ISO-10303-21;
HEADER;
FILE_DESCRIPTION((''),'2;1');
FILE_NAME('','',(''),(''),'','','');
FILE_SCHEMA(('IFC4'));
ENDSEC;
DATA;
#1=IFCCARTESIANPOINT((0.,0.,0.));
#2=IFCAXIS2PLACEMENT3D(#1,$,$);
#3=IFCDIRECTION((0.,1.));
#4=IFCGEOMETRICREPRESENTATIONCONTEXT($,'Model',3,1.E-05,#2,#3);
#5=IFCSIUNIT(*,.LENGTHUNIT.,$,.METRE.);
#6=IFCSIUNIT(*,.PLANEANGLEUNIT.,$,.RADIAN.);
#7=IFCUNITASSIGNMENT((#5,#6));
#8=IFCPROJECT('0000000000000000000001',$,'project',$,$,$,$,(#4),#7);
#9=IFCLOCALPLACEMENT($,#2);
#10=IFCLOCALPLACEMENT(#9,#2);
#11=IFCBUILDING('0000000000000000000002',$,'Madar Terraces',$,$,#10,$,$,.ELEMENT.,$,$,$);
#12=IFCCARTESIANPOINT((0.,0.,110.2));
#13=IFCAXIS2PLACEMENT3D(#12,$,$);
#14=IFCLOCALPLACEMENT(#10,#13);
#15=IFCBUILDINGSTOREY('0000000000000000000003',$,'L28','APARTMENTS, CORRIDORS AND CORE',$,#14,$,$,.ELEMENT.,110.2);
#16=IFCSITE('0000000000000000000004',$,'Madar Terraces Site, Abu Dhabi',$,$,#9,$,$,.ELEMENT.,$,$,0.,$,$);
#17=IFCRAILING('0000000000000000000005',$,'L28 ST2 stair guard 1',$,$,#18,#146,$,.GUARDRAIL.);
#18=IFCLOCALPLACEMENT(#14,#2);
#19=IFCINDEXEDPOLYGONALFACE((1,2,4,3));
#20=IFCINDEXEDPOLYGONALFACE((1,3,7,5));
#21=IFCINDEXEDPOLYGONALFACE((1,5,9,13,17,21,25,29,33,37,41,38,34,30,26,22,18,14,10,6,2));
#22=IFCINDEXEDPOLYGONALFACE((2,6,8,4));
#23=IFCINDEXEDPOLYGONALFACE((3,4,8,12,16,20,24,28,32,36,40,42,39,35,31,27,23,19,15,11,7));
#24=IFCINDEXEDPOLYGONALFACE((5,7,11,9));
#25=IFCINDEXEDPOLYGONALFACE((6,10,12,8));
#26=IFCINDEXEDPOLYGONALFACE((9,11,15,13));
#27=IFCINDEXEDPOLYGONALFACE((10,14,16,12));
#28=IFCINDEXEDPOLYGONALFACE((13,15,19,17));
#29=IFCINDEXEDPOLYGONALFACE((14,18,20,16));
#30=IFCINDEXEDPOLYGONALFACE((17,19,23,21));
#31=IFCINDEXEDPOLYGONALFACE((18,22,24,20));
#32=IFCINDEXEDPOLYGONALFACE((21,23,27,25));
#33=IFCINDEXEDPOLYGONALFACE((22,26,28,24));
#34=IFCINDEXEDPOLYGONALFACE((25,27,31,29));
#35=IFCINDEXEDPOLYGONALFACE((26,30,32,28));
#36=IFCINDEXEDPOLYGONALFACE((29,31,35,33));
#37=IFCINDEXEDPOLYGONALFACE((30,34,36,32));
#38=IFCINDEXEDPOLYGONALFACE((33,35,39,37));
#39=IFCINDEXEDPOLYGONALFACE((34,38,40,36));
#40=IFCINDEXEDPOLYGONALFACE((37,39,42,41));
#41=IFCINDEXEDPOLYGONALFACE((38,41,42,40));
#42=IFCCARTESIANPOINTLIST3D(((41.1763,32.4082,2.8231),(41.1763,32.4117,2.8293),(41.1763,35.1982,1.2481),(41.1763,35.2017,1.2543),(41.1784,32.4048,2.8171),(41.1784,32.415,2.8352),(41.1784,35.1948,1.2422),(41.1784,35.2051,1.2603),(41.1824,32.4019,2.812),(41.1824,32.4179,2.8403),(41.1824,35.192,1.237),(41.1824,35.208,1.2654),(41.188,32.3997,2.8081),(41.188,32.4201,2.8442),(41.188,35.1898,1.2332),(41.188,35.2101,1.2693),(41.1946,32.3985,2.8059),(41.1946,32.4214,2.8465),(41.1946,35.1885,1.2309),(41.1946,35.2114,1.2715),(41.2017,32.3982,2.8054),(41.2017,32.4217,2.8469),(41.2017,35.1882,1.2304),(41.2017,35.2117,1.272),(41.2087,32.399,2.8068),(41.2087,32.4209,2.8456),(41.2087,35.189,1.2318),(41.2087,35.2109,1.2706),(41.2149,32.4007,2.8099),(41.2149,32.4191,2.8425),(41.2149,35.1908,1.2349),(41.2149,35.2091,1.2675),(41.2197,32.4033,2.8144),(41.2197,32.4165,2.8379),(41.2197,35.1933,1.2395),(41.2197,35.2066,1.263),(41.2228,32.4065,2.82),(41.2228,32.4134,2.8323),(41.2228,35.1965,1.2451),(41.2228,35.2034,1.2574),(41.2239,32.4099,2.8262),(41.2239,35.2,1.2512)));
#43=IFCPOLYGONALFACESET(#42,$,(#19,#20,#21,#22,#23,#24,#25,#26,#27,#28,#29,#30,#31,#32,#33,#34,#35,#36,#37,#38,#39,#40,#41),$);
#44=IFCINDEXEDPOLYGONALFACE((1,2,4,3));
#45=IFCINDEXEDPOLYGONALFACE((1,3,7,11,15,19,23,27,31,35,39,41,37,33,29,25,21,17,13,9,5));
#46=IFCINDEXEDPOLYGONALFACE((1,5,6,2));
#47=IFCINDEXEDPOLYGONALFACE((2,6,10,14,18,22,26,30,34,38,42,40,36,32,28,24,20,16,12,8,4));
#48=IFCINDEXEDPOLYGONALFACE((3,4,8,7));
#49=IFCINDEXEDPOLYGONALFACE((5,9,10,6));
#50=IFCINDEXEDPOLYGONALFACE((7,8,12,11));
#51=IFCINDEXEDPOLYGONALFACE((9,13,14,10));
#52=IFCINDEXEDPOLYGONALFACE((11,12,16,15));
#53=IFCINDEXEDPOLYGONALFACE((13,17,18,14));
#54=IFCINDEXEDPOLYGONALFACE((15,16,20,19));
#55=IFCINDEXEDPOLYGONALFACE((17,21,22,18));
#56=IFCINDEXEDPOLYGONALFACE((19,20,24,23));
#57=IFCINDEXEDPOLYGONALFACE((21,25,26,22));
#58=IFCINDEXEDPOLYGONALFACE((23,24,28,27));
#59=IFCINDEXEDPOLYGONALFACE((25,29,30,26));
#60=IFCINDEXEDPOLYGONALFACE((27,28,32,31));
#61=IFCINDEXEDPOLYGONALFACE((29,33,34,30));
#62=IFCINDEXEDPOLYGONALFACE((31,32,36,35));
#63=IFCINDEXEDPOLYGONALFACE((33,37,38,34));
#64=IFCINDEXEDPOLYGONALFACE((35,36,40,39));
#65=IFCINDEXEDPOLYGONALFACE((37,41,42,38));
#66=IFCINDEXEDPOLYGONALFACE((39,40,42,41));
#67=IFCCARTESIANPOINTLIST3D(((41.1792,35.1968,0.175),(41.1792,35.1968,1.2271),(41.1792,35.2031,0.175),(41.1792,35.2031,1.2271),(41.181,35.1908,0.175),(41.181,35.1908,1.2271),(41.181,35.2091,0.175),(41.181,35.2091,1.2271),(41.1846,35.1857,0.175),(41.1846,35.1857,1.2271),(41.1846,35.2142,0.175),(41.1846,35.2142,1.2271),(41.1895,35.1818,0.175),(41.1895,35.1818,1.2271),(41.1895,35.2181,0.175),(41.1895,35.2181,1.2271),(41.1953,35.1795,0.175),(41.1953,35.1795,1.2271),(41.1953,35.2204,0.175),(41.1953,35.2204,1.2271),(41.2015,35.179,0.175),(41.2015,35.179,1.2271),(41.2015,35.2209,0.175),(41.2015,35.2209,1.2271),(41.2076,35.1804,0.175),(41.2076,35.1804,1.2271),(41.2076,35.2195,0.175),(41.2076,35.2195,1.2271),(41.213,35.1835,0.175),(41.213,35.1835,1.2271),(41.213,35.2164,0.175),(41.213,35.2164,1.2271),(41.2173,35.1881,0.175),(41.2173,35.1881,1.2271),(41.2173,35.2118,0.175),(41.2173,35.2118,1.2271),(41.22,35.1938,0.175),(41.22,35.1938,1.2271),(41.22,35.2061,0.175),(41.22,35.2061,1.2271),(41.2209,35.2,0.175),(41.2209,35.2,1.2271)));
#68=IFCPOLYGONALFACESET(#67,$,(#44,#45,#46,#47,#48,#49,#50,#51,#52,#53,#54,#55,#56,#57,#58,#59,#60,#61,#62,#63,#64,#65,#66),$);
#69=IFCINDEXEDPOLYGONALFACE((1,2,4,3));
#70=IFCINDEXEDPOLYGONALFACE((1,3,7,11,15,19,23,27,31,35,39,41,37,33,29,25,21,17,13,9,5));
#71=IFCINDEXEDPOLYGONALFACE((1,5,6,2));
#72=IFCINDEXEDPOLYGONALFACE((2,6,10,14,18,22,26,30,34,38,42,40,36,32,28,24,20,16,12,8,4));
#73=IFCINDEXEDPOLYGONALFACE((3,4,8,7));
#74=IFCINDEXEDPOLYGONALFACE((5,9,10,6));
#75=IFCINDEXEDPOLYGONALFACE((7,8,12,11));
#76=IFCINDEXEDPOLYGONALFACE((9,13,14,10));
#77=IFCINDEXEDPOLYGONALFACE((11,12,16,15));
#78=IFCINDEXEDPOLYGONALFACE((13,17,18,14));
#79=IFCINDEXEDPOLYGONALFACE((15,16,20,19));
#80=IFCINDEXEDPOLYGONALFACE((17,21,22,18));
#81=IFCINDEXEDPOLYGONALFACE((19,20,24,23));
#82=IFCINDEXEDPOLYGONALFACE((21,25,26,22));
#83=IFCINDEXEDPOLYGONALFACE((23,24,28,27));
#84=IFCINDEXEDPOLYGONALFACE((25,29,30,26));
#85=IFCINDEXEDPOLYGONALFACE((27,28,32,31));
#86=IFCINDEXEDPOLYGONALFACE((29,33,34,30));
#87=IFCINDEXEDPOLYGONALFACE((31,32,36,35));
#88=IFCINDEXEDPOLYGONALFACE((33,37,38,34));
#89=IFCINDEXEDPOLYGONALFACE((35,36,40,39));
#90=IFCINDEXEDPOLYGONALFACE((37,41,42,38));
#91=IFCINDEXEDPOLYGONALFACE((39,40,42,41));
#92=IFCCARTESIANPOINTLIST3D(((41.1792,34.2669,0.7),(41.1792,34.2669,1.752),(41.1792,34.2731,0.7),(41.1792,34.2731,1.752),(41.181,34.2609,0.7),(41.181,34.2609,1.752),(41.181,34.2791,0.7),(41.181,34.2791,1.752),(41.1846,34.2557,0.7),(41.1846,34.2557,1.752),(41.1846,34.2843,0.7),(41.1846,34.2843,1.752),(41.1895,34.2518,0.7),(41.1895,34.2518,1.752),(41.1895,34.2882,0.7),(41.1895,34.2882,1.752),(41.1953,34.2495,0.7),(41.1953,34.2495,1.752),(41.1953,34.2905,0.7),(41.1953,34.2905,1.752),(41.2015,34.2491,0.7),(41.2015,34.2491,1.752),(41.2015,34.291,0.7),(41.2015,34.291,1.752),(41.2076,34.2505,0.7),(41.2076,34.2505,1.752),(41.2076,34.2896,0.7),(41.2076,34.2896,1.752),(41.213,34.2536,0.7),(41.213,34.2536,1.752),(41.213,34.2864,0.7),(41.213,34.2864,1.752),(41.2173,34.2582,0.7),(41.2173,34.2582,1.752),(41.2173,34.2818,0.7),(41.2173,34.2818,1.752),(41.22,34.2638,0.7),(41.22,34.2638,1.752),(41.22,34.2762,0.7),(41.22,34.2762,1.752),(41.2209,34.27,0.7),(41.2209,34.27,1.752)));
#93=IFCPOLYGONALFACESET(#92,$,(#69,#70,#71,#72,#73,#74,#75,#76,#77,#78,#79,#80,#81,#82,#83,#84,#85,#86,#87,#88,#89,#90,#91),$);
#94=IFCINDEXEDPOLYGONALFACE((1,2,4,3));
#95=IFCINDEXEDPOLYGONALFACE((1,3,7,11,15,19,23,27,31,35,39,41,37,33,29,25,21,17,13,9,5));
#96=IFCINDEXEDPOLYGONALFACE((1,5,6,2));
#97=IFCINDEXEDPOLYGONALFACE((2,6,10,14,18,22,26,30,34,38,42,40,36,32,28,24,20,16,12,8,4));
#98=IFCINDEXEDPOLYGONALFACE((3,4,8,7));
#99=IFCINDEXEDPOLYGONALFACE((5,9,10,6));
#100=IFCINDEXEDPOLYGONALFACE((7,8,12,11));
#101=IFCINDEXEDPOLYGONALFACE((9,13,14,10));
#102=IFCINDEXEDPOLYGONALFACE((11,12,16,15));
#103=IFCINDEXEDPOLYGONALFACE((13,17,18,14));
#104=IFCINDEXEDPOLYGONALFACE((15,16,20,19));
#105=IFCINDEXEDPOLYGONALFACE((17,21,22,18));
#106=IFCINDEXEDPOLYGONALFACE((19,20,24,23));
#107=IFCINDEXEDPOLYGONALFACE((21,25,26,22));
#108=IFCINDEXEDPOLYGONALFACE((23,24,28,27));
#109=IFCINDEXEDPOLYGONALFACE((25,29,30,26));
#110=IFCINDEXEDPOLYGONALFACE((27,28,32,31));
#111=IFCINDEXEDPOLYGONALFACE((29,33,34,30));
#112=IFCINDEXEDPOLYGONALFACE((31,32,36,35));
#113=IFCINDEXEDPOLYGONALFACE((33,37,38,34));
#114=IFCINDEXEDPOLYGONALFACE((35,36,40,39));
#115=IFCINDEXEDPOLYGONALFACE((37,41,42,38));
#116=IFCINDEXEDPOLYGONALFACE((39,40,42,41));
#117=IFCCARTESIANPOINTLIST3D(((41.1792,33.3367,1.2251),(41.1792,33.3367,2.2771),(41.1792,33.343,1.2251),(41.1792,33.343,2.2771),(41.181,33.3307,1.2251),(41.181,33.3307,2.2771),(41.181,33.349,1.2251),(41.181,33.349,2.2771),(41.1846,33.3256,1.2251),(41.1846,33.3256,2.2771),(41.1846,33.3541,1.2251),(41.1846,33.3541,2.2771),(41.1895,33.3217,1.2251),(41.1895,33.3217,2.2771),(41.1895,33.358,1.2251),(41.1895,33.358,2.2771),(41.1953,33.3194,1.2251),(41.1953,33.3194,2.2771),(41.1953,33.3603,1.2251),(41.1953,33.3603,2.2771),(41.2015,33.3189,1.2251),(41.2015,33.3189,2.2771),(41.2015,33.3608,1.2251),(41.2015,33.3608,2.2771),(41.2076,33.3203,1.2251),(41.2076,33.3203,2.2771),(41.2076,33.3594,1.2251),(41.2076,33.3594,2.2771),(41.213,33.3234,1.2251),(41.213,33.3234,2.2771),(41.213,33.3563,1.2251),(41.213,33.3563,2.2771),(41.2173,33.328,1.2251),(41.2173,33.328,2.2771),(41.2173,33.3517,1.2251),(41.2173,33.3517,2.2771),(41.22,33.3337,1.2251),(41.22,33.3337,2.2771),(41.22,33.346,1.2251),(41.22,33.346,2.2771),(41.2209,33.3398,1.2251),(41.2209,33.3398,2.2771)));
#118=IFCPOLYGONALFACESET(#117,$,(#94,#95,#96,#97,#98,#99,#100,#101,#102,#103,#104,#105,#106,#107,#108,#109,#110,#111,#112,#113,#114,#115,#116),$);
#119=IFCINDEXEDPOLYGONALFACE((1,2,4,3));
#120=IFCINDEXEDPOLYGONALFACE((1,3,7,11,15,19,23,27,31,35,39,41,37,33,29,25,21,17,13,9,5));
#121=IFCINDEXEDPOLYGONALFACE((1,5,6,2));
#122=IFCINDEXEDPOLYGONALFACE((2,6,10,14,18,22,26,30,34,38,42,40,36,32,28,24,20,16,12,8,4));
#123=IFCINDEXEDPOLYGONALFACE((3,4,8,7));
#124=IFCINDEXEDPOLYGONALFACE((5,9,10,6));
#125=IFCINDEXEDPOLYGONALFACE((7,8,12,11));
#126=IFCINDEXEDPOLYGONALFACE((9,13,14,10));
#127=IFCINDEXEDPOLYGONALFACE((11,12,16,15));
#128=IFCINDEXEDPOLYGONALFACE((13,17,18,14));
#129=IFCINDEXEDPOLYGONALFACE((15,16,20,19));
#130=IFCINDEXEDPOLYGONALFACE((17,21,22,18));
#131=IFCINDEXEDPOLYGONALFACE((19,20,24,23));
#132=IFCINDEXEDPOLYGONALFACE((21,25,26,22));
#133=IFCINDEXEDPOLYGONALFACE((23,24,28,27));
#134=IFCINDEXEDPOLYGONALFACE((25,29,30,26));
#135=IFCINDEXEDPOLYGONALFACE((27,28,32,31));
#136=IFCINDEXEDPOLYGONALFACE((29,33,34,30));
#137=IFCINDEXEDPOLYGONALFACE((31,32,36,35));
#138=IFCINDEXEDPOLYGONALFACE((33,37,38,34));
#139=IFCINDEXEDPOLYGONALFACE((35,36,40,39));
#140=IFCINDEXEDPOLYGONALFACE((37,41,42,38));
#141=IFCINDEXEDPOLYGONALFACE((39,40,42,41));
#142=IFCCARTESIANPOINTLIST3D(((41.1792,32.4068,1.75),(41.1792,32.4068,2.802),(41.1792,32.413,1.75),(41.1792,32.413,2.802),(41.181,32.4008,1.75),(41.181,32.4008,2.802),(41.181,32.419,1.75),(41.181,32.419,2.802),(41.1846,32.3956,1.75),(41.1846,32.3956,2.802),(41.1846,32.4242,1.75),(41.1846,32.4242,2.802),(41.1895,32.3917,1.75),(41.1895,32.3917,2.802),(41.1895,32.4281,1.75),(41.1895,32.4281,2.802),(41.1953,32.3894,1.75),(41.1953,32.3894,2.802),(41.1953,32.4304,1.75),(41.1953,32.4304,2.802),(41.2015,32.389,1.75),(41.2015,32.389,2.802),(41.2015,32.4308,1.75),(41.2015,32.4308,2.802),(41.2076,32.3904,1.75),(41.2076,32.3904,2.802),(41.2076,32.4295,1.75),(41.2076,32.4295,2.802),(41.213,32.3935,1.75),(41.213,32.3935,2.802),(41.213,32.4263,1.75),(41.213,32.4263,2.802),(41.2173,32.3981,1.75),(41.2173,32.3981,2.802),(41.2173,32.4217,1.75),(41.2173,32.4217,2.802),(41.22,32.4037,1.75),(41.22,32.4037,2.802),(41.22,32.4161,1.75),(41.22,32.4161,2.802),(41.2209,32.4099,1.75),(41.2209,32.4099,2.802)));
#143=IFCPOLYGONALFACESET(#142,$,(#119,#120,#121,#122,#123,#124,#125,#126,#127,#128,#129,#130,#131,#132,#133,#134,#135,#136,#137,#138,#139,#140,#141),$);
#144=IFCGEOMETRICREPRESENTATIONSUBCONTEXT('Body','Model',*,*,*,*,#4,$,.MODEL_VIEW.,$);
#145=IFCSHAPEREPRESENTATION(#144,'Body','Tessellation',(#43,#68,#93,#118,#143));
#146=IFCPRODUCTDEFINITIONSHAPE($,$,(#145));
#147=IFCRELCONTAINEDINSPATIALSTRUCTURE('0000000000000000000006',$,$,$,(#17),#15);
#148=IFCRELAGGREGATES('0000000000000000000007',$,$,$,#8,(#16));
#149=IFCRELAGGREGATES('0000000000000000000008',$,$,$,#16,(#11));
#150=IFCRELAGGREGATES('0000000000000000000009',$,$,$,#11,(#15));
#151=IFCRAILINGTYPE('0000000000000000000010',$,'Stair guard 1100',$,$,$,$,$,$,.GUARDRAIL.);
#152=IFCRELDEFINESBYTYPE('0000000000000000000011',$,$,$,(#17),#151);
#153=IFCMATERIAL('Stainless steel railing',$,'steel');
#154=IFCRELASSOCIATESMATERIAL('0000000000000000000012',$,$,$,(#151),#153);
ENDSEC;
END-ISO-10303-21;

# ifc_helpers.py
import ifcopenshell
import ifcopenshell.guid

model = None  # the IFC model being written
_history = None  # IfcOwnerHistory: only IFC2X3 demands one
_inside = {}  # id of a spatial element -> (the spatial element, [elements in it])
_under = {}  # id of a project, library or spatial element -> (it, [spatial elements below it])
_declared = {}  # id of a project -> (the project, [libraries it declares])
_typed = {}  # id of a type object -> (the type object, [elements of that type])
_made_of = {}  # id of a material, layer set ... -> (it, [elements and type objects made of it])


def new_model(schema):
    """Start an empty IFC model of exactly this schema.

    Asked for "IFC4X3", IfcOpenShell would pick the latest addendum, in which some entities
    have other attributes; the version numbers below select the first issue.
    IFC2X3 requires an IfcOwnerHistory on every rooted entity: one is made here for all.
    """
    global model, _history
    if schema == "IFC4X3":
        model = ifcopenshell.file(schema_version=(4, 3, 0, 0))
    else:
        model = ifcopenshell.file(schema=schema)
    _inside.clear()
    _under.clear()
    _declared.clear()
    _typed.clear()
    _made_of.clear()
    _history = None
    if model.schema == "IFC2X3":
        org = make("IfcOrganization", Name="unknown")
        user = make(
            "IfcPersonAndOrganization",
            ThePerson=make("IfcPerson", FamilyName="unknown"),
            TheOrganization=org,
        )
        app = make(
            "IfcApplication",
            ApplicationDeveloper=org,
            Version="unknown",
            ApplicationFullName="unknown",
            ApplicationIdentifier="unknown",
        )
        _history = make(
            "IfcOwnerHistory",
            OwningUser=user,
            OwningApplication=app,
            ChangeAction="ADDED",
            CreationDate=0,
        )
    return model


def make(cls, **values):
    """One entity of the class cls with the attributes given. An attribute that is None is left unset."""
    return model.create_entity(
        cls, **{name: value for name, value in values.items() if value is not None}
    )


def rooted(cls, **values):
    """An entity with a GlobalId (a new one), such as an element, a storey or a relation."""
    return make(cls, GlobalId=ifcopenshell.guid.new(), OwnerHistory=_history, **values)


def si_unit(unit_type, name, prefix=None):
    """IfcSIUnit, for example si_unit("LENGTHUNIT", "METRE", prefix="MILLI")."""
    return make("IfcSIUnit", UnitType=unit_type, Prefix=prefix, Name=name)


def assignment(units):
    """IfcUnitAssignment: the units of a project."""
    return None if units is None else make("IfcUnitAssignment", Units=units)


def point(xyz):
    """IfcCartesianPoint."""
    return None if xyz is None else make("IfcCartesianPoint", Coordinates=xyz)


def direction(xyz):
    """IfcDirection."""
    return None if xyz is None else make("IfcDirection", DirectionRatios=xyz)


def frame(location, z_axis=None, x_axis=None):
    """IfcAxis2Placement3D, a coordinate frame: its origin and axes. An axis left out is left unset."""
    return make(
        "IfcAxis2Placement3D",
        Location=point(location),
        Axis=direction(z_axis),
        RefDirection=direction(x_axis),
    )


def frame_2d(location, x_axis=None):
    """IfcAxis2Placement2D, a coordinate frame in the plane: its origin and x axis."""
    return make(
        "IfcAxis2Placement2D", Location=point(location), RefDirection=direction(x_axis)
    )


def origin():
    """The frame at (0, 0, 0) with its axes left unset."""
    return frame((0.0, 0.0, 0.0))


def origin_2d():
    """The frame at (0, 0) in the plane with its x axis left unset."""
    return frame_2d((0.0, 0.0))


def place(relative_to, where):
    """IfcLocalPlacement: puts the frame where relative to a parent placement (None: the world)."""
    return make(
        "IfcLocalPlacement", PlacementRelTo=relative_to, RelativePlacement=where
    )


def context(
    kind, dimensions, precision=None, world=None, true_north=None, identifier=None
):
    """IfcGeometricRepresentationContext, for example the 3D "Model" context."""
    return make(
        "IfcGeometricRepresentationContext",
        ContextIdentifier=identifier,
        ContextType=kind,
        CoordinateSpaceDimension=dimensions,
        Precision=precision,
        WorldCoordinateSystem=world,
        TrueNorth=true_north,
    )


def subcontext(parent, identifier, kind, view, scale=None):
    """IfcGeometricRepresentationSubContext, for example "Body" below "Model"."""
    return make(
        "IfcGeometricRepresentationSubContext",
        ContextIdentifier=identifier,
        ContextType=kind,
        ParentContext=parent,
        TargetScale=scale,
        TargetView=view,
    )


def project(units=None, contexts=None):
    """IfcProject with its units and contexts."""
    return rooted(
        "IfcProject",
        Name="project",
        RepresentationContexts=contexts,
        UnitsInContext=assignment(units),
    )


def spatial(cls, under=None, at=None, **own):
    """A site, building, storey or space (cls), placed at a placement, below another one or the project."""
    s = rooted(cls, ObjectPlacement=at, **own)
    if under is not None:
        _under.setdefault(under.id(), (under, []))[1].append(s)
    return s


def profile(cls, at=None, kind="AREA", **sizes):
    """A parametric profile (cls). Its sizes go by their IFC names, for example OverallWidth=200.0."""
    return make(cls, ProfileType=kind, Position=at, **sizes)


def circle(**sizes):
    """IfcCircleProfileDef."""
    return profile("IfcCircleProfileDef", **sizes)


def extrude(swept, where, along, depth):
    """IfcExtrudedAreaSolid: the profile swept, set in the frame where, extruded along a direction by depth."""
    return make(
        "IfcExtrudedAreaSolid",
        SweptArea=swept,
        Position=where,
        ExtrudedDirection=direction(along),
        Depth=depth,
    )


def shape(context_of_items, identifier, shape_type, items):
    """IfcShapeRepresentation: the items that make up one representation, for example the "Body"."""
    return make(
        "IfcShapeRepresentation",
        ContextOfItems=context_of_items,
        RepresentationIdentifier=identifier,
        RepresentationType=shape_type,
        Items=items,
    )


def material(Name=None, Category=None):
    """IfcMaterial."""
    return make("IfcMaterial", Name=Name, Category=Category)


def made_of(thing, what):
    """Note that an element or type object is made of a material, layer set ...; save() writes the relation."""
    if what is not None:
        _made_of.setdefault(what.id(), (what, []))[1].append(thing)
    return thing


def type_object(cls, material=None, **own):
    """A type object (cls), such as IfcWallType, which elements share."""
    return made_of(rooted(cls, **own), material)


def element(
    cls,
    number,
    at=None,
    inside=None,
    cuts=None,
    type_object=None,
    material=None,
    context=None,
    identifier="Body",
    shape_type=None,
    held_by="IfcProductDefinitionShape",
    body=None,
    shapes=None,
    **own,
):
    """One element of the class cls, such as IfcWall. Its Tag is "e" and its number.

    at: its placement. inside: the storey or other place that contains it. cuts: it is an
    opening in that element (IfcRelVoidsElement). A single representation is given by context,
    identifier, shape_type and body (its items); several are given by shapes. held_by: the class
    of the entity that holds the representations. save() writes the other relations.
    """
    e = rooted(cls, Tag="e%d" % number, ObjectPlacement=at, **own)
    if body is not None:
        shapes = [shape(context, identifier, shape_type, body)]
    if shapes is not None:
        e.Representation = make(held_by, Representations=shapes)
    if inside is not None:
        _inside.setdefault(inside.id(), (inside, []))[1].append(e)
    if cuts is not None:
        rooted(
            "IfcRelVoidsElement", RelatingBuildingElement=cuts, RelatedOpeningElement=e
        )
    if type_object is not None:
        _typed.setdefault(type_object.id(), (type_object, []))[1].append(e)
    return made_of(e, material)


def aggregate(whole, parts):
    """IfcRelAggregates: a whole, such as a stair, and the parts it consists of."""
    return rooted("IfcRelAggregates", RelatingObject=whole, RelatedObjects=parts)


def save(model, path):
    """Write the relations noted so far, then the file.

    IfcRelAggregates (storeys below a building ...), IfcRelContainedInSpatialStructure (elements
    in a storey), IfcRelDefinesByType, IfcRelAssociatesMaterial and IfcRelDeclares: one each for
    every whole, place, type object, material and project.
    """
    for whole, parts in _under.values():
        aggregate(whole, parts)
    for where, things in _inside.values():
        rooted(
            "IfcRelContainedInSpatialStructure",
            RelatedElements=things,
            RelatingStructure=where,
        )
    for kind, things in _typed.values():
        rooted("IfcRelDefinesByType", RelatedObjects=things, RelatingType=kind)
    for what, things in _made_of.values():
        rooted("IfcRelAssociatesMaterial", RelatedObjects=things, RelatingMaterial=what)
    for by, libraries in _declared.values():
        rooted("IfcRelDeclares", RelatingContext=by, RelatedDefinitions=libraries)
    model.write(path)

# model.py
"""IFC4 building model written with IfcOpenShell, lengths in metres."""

from ifc_helpers import new_model, si_unit, direction, frame, origin, origin_2d, place, context, subcontext, project, spatial, circle, extrude, material, type_object, element, save


model = new_model("IFC4")

# Units and contexts
model_context = context("Model", 3, precision=1e-05, world=origin(), true_north=direction((0.0, 1.0)))
body_context = subcontext(model_context, "Body", "Model", "MODEL_VIEW")
ifc_project = project(units=[si_unit("LENGTHUNIT", "METRE"), si_unit("PLANEANGLEUNIT", "RADIAN")], contexts=[model_context])

# Site, building, storey
site_placement = place(None, origin())
site = spatial("IfcSite", under=ifc_project, at=site_placement, Name="Madar Terraces Site, Abu Dhabi", CompositionType="ELEMENT", RefElevation=0.0)
building_placement = place(site_placement, origin())
building = spatial("IfcBuilding", under=site, at=building_placement, Name="Madar Terraces", CompositionType="ELEMENT")
storey_placement = place(building_placement, frame((0.0, 0.0, 110.2)))
storey = spatial("IfcBuildingStorey", under=building, at=storey_placement, Name="L28", Description="APARTMENTS, CORRIDORS AND CORE", CompositionType="ELEMENT", Elevation=110.2)

# Railing
ifc_material_1 = material(Name="Stainless steel railing", Category="steel")
railing_type_1 = type_object("IfcRailingType", Name="Stair guard 1100", PredefinedType="GUARDRAIL", material=ifc_material_1)
railing_1_placement = place(storey_placement, frame((41.2, 35.2, 0.175)))
element("IfcRailing", 1, at=railing_1_placement, inside=storey, type_object=railing_type_1, Name="L28 ST2 stair guard 1", PredefinedType="GUARDRAIL", context=body_context, shape_type="SweptSolid", body=[
    extrude(circle(Radius=0.0239, at=origin_2d()), frame((0.0, 0.0, 1.0762), z_axis=(0.0, -0.870834, 0.491578), x_axis=(1.0, 0.0, 0.0)), (0.0, 0.0, 1.0), 3.2039),
    extrude(circle(Radius=0.021, at=origin_2d()), origin(), (0.0, 0.0, 1.0), 1.052),
    extrude(circle(Radius=0.021, at=origin_2d()), frame((0.0, -0.9299, 0.5249)), (0.0, 0.0, 1.0), 1.052),
    extrude(circle(Radius=0.021, at=origin_2d()), frame((0.0, -1.8601, 1.05)), (0.0, 0.0, 1.0), 1.052),
    extrude(circle(Radius=0.021, at=origin_2d()), frame((0.0, -2.79, 1.575)), (0.0, 0.0, 1.0), 1.052),
])

save(model, "model.ifc")
